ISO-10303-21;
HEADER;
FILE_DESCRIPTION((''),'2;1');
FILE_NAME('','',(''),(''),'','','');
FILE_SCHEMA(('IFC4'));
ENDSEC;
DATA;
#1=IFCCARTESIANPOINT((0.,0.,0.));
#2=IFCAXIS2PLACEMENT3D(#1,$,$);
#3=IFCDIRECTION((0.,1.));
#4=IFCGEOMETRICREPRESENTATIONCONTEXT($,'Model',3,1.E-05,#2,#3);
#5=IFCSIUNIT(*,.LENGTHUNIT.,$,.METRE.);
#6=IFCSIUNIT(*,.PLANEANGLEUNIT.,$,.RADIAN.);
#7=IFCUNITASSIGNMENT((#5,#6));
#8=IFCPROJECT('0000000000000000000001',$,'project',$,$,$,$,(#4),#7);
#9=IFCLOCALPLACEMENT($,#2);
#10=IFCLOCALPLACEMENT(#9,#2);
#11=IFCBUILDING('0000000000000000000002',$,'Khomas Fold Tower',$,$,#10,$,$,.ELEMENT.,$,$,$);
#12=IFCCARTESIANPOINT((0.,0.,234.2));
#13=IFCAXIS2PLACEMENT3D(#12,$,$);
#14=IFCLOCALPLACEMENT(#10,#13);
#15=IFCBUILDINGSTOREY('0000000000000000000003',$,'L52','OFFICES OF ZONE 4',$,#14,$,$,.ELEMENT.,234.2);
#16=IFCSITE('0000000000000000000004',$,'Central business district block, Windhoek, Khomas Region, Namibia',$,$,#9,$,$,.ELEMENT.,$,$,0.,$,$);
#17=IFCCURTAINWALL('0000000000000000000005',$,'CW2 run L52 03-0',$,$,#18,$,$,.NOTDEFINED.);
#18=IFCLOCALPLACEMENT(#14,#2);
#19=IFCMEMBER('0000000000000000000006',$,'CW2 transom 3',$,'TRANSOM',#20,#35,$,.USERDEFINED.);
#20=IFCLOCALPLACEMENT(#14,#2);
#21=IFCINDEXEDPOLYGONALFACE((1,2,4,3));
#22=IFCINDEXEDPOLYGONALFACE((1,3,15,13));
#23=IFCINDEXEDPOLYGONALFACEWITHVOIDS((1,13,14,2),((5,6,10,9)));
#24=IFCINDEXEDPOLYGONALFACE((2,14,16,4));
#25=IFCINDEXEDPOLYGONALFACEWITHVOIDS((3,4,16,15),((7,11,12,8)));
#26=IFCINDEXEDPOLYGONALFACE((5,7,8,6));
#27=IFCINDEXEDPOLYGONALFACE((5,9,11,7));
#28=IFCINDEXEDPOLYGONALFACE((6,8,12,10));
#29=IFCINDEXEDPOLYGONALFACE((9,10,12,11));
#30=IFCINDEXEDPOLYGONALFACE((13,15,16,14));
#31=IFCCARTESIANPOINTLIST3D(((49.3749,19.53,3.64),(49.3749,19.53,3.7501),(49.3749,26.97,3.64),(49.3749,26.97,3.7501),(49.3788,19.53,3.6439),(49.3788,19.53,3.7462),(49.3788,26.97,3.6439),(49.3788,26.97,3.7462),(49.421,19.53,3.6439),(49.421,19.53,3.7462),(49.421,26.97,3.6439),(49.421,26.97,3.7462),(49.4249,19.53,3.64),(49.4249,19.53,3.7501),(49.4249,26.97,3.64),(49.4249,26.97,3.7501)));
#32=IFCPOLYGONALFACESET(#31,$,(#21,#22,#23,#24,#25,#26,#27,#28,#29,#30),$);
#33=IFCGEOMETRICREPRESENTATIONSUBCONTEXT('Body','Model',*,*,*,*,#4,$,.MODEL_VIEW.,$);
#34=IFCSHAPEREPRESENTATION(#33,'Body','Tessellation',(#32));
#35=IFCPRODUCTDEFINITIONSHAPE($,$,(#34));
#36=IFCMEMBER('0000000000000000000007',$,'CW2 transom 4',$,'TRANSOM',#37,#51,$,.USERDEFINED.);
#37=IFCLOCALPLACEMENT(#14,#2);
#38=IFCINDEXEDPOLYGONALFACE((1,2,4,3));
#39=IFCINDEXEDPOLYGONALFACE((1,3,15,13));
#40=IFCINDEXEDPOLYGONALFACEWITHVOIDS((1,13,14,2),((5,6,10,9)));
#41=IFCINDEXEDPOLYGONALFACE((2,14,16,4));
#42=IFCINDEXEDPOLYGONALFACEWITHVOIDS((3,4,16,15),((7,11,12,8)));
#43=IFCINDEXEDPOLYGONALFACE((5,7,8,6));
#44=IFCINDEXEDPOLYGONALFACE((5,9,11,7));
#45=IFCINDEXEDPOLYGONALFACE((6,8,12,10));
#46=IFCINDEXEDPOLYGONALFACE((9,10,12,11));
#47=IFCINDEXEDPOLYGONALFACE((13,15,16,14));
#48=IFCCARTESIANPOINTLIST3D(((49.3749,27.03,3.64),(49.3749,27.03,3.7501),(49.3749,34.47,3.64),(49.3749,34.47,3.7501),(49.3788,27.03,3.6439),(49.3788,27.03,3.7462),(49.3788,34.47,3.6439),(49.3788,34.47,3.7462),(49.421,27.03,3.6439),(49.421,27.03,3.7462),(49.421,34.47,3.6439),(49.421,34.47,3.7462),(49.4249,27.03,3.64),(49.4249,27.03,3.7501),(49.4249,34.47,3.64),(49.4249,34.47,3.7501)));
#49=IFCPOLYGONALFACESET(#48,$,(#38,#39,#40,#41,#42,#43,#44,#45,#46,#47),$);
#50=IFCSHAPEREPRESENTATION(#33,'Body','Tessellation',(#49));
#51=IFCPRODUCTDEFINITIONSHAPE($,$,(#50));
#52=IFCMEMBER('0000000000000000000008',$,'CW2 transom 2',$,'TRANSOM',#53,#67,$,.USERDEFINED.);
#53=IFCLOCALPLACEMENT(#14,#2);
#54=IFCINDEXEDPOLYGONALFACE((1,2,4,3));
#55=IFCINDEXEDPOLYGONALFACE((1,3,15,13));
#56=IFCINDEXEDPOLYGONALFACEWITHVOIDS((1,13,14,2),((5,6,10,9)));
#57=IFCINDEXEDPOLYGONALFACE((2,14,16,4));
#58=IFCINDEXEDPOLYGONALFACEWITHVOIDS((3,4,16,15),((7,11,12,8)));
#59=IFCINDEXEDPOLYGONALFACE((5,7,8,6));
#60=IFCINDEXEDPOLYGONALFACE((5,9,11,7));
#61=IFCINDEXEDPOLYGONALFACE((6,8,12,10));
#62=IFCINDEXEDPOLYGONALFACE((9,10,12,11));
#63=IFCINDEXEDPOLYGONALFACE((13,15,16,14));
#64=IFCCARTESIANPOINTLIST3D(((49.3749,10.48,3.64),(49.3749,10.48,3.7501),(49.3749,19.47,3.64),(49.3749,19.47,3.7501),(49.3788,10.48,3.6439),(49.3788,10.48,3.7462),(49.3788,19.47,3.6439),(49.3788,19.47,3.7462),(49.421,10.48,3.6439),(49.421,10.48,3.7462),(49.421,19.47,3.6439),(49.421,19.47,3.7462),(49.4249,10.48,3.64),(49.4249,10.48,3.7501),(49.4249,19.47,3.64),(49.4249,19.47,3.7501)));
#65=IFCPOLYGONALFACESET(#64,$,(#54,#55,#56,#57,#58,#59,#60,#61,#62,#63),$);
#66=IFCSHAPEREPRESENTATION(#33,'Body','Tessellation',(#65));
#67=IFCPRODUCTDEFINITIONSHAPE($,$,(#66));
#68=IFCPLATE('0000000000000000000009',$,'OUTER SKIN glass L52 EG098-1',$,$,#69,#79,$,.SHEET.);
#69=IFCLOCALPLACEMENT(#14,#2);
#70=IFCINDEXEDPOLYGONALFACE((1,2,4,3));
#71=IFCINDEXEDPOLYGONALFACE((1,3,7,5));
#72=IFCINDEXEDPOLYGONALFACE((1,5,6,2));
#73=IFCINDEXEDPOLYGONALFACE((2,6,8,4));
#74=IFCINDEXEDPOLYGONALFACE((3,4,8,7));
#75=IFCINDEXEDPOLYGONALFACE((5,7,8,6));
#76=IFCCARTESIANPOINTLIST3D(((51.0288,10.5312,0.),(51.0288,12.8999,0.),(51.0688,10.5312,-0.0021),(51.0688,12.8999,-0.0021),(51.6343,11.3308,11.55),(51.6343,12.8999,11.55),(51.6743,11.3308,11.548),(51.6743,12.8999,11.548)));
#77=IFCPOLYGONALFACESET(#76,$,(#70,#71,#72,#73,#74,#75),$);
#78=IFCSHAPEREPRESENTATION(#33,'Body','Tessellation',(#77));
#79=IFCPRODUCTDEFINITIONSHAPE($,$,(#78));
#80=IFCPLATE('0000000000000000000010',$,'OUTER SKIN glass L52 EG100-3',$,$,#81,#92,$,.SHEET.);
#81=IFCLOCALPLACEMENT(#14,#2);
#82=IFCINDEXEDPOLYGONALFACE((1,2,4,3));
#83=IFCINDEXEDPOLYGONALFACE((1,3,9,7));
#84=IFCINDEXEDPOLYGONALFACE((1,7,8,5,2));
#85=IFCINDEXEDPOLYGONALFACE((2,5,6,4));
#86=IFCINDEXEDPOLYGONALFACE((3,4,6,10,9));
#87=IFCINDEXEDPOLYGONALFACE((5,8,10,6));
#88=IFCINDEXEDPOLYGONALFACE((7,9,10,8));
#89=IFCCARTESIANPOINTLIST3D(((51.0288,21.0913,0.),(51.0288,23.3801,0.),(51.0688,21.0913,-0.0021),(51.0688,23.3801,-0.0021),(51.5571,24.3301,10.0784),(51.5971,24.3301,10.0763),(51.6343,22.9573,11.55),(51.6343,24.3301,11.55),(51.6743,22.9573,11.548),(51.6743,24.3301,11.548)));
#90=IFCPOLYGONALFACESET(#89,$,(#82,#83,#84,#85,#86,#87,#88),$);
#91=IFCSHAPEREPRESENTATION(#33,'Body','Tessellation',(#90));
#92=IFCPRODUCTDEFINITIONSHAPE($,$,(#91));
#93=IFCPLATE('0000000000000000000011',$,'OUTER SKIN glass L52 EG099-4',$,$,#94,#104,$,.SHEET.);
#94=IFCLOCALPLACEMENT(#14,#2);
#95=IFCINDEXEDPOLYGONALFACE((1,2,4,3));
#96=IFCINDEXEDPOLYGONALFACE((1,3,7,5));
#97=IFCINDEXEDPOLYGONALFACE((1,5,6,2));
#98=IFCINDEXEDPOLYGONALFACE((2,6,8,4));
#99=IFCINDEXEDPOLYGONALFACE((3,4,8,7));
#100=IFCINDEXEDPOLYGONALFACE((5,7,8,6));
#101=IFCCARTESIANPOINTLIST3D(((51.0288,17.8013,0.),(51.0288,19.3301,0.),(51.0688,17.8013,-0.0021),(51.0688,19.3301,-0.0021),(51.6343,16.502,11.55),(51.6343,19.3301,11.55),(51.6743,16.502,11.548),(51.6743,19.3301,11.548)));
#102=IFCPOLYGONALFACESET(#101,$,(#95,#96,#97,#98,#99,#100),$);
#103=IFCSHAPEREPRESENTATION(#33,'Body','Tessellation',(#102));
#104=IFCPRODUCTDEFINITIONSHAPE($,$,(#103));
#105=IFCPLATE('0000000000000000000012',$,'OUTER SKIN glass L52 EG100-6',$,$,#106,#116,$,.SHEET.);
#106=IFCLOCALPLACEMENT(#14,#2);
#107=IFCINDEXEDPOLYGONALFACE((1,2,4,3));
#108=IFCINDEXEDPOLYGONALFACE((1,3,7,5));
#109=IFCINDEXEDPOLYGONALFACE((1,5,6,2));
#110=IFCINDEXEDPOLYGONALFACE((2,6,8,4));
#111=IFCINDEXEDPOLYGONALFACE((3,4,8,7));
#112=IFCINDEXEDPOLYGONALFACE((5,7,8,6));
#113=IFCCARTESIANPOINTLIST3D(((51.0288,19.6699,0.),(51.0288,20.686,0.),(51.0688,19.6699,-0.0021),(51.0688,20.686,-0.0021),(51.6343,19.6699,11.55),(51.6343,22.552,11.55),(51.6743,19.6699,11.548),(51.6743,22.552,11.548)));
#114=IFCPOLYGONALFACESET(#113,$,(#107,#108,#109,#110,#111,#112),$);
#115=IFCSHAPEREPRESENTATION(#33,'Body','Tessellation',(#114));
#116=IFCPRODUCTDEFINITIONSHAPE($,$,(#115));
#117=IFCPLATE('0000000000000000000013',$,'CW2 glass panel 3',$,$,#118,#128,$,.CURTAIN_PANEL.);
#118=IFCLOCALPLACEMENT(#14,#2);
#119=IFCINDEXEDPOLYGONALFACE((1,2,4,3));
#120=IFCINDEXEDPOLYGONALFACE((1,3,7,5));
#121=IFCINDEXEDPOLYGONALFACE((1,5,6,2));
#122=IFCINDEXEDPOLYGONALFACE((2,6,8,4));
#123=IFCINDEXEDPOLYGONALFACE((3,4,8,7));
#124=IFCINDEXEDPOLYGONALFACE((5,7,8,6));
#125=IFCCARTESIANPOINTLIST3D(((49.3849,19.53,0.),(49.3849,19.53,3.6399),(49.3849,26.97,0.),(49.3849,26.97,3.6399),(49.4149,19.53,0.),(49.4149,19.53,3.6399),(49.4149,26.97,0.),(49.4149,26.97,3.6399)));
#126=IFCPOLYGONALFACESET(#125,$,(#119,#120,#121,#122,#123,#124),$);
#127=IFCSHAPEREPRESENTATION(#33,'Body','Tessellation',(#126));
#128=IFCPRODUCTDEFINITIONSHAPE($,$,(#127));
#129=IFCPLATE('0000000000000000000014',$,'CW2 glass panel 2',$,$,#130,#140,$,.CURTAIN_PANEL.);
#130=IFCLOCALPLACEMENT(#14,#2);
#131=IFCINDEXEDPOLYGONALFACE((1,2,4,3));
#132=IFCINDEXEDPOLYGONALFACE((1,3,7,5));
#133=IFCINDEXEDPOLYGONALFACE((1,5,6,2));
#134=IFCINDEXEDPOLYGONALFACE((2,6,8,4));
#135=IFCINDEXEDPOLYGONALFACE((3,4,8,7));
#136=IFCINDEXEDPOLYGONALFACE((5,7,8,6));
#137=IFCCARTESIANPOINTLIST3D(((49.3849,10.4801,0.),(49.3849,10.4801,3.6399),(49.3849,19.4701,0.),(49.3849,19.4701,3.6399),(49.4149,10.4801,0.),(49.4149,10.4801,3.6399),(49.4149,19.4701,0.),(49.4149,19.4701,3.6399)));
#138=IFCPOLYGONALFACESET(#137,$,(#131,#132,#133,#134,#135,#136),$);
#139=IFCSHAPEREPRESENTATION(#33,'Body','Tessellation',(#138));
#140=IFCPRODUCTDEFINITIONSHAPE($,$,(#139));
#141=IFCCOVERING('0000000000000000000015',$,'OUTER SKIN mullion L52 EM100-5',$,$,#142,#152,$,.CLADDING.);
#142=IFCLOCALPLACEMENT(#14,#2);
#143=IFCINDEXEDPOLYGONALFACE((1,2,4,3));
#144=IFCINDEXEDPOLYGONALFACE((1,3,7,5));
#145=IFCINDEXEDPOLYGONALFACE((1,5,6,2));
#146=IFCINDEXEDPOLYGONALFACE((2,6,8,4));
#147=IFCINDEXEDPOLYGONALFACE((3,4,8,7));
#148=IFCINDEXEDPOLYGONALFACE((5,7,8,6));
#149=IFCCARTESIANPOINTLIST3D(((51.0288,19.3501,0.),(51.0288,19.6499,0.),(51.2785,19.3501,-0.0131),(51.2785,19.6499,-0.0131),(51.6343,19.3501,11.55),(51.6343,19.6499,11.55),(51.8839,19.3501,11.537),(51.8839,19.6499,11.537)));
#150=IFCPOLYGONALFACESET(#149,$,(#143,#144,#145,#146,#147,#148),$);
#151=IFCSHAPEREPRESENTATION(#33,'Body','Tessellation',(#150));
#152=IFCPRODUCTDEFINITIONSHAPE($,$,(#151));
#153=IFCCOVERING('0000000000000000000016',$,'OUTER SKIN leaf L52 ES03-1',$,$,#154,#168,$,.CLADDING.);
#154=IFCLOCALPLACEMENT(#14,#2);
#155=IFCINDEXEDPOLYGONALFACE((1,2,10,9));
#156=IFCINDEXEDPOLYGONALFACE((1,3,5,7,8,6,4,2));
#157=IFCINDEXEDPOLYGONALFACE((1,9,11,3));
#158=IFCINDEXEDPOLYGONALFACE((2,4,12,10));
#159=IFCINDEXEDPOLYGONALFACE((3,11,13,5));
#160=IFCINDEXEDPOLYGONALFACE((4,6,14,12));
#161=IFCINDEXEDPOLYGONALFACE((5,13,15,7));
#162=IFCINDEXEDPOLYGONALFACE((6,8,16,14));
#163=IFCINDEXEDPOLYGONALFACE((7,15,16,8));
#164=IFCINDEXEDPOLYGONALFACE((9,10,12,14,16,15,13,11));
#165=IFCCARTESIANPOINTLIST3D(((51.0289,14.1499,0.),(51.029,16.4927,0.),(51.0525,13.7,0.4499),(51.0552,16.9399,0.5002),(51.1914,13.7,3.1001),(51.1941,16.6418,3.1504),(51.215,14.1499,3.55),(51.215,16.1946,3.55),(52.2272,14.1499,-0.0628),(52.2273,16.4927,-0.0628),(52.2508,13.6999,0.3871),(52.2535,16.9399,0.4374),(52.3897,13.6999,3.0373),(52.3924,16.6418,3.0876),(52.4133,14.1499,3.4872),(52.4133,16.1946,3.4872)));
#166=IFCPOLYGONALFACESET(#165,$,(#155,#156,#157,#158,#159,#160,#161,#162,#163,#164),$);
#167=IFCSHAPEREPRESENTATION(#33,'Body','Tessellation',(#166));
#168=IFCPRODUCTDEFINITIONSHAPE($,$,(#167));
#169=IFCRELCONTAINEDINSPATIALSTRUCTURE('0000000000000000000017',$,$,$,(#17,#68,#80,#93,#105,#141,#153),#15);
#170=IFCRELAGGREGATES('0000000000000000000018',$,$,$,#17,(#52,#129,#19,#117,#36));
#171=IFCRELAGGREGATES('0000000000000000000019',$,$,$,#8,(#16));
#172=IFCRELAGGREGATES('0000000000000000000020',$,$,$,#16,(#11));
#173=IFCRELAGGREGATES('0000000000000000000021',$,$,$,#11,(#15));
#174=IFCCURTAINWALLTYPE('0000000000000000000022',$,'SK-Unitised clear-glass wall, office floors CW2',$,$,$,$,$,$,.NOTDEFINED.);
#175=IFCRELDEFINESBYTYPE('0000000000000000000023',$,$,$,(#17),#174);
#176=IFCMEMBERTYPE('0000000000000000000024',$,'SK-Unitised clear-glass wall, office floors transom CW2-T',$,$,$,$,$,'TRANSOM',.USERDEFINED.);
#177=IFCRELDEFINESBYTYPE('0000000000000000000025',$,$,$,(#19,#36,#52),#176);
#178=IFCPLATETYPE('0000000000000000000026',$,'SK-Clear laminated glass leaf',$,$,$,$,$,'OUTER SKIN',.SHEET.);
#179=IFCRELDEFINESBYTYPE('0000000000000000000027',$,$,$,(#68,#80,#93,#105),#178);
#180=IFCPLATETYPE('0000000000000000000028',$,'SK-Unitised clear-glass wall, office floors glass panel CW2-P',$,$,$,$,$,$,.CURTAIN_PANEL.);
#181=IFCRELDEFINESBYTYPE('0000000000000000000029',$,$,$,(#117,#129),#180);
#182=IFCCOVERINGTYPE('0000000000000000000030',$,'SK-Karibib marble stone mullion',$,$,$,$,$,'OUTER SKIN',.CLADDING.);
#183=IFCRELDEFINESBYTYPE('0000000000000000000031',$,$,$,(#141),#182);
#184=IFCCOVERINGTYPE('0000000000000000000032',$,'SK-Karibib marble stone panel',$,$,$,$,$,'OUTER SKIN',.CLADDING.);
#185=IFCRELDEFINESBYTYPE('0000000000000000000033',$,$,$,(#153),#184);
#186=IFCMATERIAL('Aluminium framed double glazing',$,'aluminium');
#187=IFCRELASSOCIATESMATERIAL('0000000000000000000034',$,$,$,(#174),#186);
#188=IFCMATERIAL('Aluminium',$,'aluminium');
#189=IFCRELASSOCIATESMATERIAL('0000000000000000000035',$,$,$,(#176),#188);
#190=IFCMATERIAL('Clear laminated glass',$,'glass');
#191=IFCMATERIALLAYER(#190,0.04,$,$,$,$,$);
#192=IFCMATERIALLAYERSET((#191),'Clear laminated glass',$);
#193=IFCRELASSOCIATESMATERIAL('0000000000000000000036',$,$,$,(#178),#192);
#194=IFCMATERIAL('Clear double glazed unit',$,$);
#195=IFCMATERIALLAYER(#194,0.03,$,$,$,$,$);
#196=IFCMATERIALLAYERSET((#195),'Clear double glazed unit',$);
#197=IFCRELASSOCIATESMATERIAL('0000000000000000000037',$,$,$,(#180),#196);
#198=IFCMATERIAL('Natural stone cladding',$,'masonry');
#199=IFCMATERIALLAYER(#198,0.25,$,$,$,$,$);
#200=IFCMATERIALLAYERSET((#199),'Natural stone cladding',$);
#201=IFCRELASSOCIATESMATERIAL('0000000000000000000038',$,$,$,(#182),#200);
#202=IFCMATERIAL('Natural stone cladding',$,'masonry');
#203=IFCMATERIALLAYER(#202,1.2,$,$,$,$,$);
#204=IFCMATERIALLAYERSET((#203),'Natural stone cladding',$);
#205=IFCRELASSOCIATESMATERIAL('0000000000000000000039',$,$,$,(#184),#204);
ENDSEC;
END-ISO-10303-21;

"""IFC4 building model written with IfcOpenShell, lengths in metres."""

from ifc_helpers import new_model, si_unit, direction, frame, origin, origin_2d, place, context, subcontext, project, spatial, polyline, rectangle, hollow_rectangle, outline, extrude, source, transform, mapped, material, layer, layer_set, material_profile, profile_set, type_object, element, aggregate, save


model = new_model("IFC4")

# Units and contexts
model_context = context("Model", 3, precision=1e-05, world=origin(), true_north=direction((0.0, 1.0)))
body_context = subcontext(model_context, "Body", "Model", "MODEL_VIEW")
ifc_project = project(units=[si_unit("LENGTHUNIT", "METRE"), si_unit("PLANEANGLEUNIT", "RADIAN")], contexts=[model_context])

# Site, building, storey
site_placement = place(None, origin())
site = spatial("IfcSite", under=ifc_project, at=site_placement, Name="Central business district block, Windhoek, Khomas Region, Namibia", CompositionType="ELEMENT", RefElevation=0.0)
building_placement = place(site_placement, origin())
building = spatial("IfcBuilding", under=site, at=building_placement, Name="Khomas Fold Tower", CompositionType="ELEMENT")
storey_placement = place(building_placement, frame((0.0, 0.0, 234.2)))
storey = spatial("IfcBuildingStorey", under=building, at=storey_placement, Name="L52", Description="OFFICES OF ZONE 4", CompositionType="ELEMENT", Elevation=234.2)

# Curtain wall, members
ifc_material_1 = material(Name="Aluminium framed double glazing", Category="aluminium")
curtain_wall_type = type_object("IfcCurtainWallType", Name="SK-Unitised clear-glass wall, office floors CW2", PredefinedType="NOTDEFINED", material=ifc_material_1)
curtain_wall_placement = place(storey_placement, origin())
curtain_wall = element("IfcCurtainWall", 1, at=curtain_wall_placement, inside=storey, type_object=curtain_wall_type, Name="CW2 run L52 03-0", PredefinedType="NOTDEFINED")
ifc_material_2 = material(Name="Aluminium", Category="aluminium")
ifc_material_profile_1 = material_profile(ifc_material_2, hollow_rectangle(XDim=0.05, YDim=0.1101, WallThickness=0.0039, at=origin_2d()), Name="SK-Unitised clear-glass wall, office floors transom CW2-T")
ifc_profile_set_1 = profile_set([ifc_material_profile_1], Name="Aluminium")
member_type_1 = type_object("IfcMemberType", Name="SK-Unitised clear-glass wall, office floors transom CW2-T", ElementType="TRANSOM", PredefinedType="USERDEFINED", material=ifc_profile_set_1)
shared_shape_1 = source(origin(), body_context, "Body", "SweptSolid", [
    extrude(hollow_rectangle(XDim=0.05, YDim=0.1101, WallThickness=0.0039, at=origin_2d()), origin(), (0.0, 0.0, 1.0), 7.4399),
])
member_1_placement = place(storey_placement, frame((49.3999, 19.53, 3.6951), z_axis=(0.0, 1.0, 0.0), x_axis=(-1.0, 0.0, 0.0)))
member_1 = element("IfcMember", 2, at=member_1_placement, type_object=member_type_1, Name="CW2 transom 3", ObjectType="TRANSOM", PredefinedType="USERDEFINED", context=body_context, shape_type="MappedRepresentation", body=[
    mapped(shared_shape_1, transform((0.0, 0.0, 0.0))),
])
member_2_placement = place(storey_placement, frame((49.3999, 27.03, 3.6951), z_axis=(0.0, 1.0, 0.0), x_axis=(-1.0, 0.0, 0.0)))
member_2 = element("IfcMember", 3, at=member_2_placement, type_object=member_type_1, Name="CW2 transom 4", ObjectType="TRANSOM", PredefinedType="USERDEFINED", context=body_context, shape_type="MappedRepresentation", body=[
    mapped(shared_shape_1, transform((0.0, 0.0, 0.0))),
])
shared_shape_2 = source(origin(), body_context, "Body", "SweptSolid", [
    extrude(hollow_rectangle(XDim=0.05, YDim=0.1101, WallThickness=0.0039, at=origin_2d()), origin(), (0.0, 0.0, 1.0), 8.99),
])
member_3_placement = place(storey_placement, frame((49.3999, 10.48, 3.6951), z_axis=(0.0, 1.0, 0.0), x_axis=(-1.0, 0.0, 0.0)))
member_3 = element("IfcMember", 4, at=member_3_placement, type_object=member_type_1, Name="CW2 transom 2", ObjectType="TRANSOM", PredefinedType="USERDEFINED", context=body_context, shape_type="MappedRepresentation", body=[
    mapped(shared_shape_2, transform((0.0, 0.0, 0.0))),
])

# Plates
ifc_material_3 = material(Name="Clear laminated glass", Category="glass")
ifc_layer_1 = layer(ifc_material_3, 0.04)
ifc_layer_set_1 = layer_set([ifc_layer_1], Name="Clear laminated glass")
plate_type_1 = type_object("IfcPlateType", Name="SK-Clear laminated glass leaf", ElementType="OUTER SKIN", PredefinedType="SHEET", material=ifc_layer_set_1)
plate_1_placement = place(storey_placement, frame((51.0288, 12.8999, 0.0), z_axis=(-0.998629, 0.0, 0.052349), x_axis=(0.0, -1.0, 0.0)))
element("IfcPlate", 5, at=plate_1_placement, inside=storey, type_object=plate_type_1, Name="OUTER SKIN glass L52 EG098-1", PredefinedType="SHEET", context=body_context, shape_type="SweptSolid", body=[
    extrude(outline(polyline([(0.0, 0.0), (2.3687, 0.0), (1.5691, 11.5659), (0.0, 11.5659), (0.0, 0.0)])), origin(), (0.0, 0.0, -1.0), 0.04),
])
plate_2_placement = place(storey_placement, frame((51.0288, 23.3801, 0.0), z_axis=(-0.998629, 0.0, 0.052349), x_axis=(0.0, -1.0, 0.0)))
element("IfcPlate", 6, at=plate_2_placement, inside=storey, type_object=plate_type_1, Name="OUTER SKIN glass L52 EG100-3", PredefinedType="SHEET", context=body_context, shape_type="SweptSolid", body=[
    extrude(outline(polyline([(0.0, 0.0), (2.2888, 0.0), (0.4229, 11.5659), (-0.95, 11.5659), (-0.95, 10.0922), (0.0, 0.0)])), origin(), (0.0, 0.0, -1.0), 0.04),
])
plate_3_placement = place(storey_placement, frame((51.0288, 17.8013, 0.0), z_axis=(-0.998629, 0.0, 0.052349), x_axis=(0.052022, -0.111638, 0.992386)))
element("IfcPlate", 7, at=plate_3_placement, inside=storey, type_object=plate_type_1, Name="OUTER SKIN glass L52 EG099-4", PredefinedType="SHEET", context=body_context, shape_type="SweptSolid", body=[
    extrude(outline(polyline([(0.0, 0.0), (11.6387, 0.0), (11.3229, 2.8104), (-0.1707, 1.5193), (0.0, 0.0)])), origin(), (0.0, 0.0, -1.0), 0.04),
])
plate_4_placement = place(storey_placement, frame((51.0288, 20.686, 0.0), z_axis=(-0.998629, 0.0, 0.052349), x_axis=(0.0, -1.0, 0.0)))
element("IfcPlate", 8, at=plate_4_placement, inside=storey, type_object=plate_type_1, Name="OUTER SKIN glass L52 EG100-6", PredefinedType="SHEET", context=body_context, shape_type="SweptSolid", body=[
    extrude(outline(polyline([(0.0, 0.0), (1.0161, 0.0), (1.0161, 11.5659), (-1.866, 11.5659), (0.0, 0.0)])), origin(), (0.0, 0.0, -1.0), 0.04),
])

# Plates
ifc_material_4 = material(Name="Clear double glazed unit")
ifc_layer_2 = layer(ifc_material_4, 0.03)
ifc_layer_set_2 = layer_set([ifc_layer_2], Name="Clear double glazed unit")
plate_type_2 = type_object("IfcPlateType", Name="SK-Unitised clear-glass wall, office floors glass panel CW2-P", PredefinedType="CURTAIN_PANEL", material=ifc_layer_set_2)
shared_shape_3 = source(origin(), body_context, "Body", "SweptSolid", [
    extrude(rectangle(XDim=7.4399, YDim=0.03, at=origin_2d()), origin(), (0.0, 0.0, 1.0), 3.6399),
])
plate_5_placement = place(storey_placement, frame((49.3999, 23.25, 0.0), z_axis=(0.0, 0.0, 1.0), x_axis=(0.0, 1.0, 0.0)))
plate_5 = element("IfcPlate", 9, at=plate_5_placement, type_object=plate_type_2, Name="CW2 glass panel 3", PredefinedType="CURTAIN_PANEL", context=body_context, shape_type="MappedRepresentation", body=[
    mapped(shared_shape_3, transform((0.0, 0.0, 0.0))),
])
shared_shape_4 = source(origin(), body_context, "Body", "SweptSolid", [
    extrude(rectangle(XDim=8.99, YDim=0.03, at=origin_2d()), origin(), (0.0, 0.0, 1.0), 3.6399),
])
plate_6_placement = place(storey_placement, frame((49.3999, 14.9751, 0.0), z_axis=(0.0, 0.0, 1.0), x_axis=(0.0, 1.0, 0.0)))
plate_6 = element("IfcPlate", 10, at=plate_6_placement, type_object=plate_type_2, Name="CW2 glass panel 2", PredefinedType="CURTAIN_PANEL", context=body_context, shape_type="MappedRepresentation", body=[
    mapped(shared_shape_4, transform((0.0, 0.0, 0.0))),
])
aggregate(curtain_wall, [member_3, plate_6, member_1, plate_5, member_2])

# Coverings
ifc_material_5 = material(Name="Natural stone cladding", Category="masonry")
ifc_layer_3 = layer(ifc_material_5, 0.25)
ifc_layer_set_3 = layer_set([ifc_layer_3], Name="Natural stone cladding")
covering_type_1 = type_object("IfcCoveringType", Name="SK-Karibib marble stone mullion", ElementType="OUTER SKIN", PredefinedType="CLADDING", material=ifc_layer_set_3)
covering_1_placement = place(storey_placement, frame((51.0288, 19.3501, 0.0), z_axis=(-0.998629, 0.0, 0.052349), x_axis=(0.052349, 0.0, 0.998629)))
element("IfcCovering", 11, at=covering_1_placement, inside=storey, type_object=covering_type_1, Name="OUTER SKIN mullion L52 EM100-5", PredefinedType="CLADDING", context=body_context, shape_type="SweptSolid", body=[
    extrude(outline(polyline([(0.0, 0.0), (11.5659, 0.0), (11.5659, 0.2998), (0.0, 0.2998), (0.0, 0.0)])), origin(), (0.0, 0.0, -1.0), 0.25),
])
ifc_material_6 = material(Name="Natural stone cladding", Category="masonry")
ifc_layer_4 = layer(ifc_material_6, 1.2)
ifc_layer_set_4 = layer_set([ifc_layer_4], Name="Natural stone cladding")
covering_type_2 = type_object("IfcCoveringType", Name="SK-Karibib marble stone panel", ElementType="OUTER SKIN", PredefinedType="CLADDING", material=ifc_layer_set_4)
covering_2_placement = place(storey_placement, frame((51.1941, 16.6418, 3.1504), z_axis=(-0.998629, 0.000015, 0.052338), x_axis=(-0.052009, 0.111626, -0.992388)))
element("IfcCovering", 12, at=covering_2_placement, inside=storey, type_object=covering_type_2, Name="OUTER SKIN leaf L52 ES03-1", PredefinedType="CLADDING", context=body_context, shape_type="SweptSolid", body=[
    extrude(outline(polyline([(0.0, 0.0), (2.6705, 0.0), (3.1184, 0.5004), (2.8568, 2.8285), (2.3589, 3.2254), (-0.2783, 2.9291), (-0.6759, 2.4317), (-0.4476, 0.3998), (0.0, 0.0)])), origin(), (0.0, 0.0, -1.0), 1.2),
])

save(model, "model.ifc")
